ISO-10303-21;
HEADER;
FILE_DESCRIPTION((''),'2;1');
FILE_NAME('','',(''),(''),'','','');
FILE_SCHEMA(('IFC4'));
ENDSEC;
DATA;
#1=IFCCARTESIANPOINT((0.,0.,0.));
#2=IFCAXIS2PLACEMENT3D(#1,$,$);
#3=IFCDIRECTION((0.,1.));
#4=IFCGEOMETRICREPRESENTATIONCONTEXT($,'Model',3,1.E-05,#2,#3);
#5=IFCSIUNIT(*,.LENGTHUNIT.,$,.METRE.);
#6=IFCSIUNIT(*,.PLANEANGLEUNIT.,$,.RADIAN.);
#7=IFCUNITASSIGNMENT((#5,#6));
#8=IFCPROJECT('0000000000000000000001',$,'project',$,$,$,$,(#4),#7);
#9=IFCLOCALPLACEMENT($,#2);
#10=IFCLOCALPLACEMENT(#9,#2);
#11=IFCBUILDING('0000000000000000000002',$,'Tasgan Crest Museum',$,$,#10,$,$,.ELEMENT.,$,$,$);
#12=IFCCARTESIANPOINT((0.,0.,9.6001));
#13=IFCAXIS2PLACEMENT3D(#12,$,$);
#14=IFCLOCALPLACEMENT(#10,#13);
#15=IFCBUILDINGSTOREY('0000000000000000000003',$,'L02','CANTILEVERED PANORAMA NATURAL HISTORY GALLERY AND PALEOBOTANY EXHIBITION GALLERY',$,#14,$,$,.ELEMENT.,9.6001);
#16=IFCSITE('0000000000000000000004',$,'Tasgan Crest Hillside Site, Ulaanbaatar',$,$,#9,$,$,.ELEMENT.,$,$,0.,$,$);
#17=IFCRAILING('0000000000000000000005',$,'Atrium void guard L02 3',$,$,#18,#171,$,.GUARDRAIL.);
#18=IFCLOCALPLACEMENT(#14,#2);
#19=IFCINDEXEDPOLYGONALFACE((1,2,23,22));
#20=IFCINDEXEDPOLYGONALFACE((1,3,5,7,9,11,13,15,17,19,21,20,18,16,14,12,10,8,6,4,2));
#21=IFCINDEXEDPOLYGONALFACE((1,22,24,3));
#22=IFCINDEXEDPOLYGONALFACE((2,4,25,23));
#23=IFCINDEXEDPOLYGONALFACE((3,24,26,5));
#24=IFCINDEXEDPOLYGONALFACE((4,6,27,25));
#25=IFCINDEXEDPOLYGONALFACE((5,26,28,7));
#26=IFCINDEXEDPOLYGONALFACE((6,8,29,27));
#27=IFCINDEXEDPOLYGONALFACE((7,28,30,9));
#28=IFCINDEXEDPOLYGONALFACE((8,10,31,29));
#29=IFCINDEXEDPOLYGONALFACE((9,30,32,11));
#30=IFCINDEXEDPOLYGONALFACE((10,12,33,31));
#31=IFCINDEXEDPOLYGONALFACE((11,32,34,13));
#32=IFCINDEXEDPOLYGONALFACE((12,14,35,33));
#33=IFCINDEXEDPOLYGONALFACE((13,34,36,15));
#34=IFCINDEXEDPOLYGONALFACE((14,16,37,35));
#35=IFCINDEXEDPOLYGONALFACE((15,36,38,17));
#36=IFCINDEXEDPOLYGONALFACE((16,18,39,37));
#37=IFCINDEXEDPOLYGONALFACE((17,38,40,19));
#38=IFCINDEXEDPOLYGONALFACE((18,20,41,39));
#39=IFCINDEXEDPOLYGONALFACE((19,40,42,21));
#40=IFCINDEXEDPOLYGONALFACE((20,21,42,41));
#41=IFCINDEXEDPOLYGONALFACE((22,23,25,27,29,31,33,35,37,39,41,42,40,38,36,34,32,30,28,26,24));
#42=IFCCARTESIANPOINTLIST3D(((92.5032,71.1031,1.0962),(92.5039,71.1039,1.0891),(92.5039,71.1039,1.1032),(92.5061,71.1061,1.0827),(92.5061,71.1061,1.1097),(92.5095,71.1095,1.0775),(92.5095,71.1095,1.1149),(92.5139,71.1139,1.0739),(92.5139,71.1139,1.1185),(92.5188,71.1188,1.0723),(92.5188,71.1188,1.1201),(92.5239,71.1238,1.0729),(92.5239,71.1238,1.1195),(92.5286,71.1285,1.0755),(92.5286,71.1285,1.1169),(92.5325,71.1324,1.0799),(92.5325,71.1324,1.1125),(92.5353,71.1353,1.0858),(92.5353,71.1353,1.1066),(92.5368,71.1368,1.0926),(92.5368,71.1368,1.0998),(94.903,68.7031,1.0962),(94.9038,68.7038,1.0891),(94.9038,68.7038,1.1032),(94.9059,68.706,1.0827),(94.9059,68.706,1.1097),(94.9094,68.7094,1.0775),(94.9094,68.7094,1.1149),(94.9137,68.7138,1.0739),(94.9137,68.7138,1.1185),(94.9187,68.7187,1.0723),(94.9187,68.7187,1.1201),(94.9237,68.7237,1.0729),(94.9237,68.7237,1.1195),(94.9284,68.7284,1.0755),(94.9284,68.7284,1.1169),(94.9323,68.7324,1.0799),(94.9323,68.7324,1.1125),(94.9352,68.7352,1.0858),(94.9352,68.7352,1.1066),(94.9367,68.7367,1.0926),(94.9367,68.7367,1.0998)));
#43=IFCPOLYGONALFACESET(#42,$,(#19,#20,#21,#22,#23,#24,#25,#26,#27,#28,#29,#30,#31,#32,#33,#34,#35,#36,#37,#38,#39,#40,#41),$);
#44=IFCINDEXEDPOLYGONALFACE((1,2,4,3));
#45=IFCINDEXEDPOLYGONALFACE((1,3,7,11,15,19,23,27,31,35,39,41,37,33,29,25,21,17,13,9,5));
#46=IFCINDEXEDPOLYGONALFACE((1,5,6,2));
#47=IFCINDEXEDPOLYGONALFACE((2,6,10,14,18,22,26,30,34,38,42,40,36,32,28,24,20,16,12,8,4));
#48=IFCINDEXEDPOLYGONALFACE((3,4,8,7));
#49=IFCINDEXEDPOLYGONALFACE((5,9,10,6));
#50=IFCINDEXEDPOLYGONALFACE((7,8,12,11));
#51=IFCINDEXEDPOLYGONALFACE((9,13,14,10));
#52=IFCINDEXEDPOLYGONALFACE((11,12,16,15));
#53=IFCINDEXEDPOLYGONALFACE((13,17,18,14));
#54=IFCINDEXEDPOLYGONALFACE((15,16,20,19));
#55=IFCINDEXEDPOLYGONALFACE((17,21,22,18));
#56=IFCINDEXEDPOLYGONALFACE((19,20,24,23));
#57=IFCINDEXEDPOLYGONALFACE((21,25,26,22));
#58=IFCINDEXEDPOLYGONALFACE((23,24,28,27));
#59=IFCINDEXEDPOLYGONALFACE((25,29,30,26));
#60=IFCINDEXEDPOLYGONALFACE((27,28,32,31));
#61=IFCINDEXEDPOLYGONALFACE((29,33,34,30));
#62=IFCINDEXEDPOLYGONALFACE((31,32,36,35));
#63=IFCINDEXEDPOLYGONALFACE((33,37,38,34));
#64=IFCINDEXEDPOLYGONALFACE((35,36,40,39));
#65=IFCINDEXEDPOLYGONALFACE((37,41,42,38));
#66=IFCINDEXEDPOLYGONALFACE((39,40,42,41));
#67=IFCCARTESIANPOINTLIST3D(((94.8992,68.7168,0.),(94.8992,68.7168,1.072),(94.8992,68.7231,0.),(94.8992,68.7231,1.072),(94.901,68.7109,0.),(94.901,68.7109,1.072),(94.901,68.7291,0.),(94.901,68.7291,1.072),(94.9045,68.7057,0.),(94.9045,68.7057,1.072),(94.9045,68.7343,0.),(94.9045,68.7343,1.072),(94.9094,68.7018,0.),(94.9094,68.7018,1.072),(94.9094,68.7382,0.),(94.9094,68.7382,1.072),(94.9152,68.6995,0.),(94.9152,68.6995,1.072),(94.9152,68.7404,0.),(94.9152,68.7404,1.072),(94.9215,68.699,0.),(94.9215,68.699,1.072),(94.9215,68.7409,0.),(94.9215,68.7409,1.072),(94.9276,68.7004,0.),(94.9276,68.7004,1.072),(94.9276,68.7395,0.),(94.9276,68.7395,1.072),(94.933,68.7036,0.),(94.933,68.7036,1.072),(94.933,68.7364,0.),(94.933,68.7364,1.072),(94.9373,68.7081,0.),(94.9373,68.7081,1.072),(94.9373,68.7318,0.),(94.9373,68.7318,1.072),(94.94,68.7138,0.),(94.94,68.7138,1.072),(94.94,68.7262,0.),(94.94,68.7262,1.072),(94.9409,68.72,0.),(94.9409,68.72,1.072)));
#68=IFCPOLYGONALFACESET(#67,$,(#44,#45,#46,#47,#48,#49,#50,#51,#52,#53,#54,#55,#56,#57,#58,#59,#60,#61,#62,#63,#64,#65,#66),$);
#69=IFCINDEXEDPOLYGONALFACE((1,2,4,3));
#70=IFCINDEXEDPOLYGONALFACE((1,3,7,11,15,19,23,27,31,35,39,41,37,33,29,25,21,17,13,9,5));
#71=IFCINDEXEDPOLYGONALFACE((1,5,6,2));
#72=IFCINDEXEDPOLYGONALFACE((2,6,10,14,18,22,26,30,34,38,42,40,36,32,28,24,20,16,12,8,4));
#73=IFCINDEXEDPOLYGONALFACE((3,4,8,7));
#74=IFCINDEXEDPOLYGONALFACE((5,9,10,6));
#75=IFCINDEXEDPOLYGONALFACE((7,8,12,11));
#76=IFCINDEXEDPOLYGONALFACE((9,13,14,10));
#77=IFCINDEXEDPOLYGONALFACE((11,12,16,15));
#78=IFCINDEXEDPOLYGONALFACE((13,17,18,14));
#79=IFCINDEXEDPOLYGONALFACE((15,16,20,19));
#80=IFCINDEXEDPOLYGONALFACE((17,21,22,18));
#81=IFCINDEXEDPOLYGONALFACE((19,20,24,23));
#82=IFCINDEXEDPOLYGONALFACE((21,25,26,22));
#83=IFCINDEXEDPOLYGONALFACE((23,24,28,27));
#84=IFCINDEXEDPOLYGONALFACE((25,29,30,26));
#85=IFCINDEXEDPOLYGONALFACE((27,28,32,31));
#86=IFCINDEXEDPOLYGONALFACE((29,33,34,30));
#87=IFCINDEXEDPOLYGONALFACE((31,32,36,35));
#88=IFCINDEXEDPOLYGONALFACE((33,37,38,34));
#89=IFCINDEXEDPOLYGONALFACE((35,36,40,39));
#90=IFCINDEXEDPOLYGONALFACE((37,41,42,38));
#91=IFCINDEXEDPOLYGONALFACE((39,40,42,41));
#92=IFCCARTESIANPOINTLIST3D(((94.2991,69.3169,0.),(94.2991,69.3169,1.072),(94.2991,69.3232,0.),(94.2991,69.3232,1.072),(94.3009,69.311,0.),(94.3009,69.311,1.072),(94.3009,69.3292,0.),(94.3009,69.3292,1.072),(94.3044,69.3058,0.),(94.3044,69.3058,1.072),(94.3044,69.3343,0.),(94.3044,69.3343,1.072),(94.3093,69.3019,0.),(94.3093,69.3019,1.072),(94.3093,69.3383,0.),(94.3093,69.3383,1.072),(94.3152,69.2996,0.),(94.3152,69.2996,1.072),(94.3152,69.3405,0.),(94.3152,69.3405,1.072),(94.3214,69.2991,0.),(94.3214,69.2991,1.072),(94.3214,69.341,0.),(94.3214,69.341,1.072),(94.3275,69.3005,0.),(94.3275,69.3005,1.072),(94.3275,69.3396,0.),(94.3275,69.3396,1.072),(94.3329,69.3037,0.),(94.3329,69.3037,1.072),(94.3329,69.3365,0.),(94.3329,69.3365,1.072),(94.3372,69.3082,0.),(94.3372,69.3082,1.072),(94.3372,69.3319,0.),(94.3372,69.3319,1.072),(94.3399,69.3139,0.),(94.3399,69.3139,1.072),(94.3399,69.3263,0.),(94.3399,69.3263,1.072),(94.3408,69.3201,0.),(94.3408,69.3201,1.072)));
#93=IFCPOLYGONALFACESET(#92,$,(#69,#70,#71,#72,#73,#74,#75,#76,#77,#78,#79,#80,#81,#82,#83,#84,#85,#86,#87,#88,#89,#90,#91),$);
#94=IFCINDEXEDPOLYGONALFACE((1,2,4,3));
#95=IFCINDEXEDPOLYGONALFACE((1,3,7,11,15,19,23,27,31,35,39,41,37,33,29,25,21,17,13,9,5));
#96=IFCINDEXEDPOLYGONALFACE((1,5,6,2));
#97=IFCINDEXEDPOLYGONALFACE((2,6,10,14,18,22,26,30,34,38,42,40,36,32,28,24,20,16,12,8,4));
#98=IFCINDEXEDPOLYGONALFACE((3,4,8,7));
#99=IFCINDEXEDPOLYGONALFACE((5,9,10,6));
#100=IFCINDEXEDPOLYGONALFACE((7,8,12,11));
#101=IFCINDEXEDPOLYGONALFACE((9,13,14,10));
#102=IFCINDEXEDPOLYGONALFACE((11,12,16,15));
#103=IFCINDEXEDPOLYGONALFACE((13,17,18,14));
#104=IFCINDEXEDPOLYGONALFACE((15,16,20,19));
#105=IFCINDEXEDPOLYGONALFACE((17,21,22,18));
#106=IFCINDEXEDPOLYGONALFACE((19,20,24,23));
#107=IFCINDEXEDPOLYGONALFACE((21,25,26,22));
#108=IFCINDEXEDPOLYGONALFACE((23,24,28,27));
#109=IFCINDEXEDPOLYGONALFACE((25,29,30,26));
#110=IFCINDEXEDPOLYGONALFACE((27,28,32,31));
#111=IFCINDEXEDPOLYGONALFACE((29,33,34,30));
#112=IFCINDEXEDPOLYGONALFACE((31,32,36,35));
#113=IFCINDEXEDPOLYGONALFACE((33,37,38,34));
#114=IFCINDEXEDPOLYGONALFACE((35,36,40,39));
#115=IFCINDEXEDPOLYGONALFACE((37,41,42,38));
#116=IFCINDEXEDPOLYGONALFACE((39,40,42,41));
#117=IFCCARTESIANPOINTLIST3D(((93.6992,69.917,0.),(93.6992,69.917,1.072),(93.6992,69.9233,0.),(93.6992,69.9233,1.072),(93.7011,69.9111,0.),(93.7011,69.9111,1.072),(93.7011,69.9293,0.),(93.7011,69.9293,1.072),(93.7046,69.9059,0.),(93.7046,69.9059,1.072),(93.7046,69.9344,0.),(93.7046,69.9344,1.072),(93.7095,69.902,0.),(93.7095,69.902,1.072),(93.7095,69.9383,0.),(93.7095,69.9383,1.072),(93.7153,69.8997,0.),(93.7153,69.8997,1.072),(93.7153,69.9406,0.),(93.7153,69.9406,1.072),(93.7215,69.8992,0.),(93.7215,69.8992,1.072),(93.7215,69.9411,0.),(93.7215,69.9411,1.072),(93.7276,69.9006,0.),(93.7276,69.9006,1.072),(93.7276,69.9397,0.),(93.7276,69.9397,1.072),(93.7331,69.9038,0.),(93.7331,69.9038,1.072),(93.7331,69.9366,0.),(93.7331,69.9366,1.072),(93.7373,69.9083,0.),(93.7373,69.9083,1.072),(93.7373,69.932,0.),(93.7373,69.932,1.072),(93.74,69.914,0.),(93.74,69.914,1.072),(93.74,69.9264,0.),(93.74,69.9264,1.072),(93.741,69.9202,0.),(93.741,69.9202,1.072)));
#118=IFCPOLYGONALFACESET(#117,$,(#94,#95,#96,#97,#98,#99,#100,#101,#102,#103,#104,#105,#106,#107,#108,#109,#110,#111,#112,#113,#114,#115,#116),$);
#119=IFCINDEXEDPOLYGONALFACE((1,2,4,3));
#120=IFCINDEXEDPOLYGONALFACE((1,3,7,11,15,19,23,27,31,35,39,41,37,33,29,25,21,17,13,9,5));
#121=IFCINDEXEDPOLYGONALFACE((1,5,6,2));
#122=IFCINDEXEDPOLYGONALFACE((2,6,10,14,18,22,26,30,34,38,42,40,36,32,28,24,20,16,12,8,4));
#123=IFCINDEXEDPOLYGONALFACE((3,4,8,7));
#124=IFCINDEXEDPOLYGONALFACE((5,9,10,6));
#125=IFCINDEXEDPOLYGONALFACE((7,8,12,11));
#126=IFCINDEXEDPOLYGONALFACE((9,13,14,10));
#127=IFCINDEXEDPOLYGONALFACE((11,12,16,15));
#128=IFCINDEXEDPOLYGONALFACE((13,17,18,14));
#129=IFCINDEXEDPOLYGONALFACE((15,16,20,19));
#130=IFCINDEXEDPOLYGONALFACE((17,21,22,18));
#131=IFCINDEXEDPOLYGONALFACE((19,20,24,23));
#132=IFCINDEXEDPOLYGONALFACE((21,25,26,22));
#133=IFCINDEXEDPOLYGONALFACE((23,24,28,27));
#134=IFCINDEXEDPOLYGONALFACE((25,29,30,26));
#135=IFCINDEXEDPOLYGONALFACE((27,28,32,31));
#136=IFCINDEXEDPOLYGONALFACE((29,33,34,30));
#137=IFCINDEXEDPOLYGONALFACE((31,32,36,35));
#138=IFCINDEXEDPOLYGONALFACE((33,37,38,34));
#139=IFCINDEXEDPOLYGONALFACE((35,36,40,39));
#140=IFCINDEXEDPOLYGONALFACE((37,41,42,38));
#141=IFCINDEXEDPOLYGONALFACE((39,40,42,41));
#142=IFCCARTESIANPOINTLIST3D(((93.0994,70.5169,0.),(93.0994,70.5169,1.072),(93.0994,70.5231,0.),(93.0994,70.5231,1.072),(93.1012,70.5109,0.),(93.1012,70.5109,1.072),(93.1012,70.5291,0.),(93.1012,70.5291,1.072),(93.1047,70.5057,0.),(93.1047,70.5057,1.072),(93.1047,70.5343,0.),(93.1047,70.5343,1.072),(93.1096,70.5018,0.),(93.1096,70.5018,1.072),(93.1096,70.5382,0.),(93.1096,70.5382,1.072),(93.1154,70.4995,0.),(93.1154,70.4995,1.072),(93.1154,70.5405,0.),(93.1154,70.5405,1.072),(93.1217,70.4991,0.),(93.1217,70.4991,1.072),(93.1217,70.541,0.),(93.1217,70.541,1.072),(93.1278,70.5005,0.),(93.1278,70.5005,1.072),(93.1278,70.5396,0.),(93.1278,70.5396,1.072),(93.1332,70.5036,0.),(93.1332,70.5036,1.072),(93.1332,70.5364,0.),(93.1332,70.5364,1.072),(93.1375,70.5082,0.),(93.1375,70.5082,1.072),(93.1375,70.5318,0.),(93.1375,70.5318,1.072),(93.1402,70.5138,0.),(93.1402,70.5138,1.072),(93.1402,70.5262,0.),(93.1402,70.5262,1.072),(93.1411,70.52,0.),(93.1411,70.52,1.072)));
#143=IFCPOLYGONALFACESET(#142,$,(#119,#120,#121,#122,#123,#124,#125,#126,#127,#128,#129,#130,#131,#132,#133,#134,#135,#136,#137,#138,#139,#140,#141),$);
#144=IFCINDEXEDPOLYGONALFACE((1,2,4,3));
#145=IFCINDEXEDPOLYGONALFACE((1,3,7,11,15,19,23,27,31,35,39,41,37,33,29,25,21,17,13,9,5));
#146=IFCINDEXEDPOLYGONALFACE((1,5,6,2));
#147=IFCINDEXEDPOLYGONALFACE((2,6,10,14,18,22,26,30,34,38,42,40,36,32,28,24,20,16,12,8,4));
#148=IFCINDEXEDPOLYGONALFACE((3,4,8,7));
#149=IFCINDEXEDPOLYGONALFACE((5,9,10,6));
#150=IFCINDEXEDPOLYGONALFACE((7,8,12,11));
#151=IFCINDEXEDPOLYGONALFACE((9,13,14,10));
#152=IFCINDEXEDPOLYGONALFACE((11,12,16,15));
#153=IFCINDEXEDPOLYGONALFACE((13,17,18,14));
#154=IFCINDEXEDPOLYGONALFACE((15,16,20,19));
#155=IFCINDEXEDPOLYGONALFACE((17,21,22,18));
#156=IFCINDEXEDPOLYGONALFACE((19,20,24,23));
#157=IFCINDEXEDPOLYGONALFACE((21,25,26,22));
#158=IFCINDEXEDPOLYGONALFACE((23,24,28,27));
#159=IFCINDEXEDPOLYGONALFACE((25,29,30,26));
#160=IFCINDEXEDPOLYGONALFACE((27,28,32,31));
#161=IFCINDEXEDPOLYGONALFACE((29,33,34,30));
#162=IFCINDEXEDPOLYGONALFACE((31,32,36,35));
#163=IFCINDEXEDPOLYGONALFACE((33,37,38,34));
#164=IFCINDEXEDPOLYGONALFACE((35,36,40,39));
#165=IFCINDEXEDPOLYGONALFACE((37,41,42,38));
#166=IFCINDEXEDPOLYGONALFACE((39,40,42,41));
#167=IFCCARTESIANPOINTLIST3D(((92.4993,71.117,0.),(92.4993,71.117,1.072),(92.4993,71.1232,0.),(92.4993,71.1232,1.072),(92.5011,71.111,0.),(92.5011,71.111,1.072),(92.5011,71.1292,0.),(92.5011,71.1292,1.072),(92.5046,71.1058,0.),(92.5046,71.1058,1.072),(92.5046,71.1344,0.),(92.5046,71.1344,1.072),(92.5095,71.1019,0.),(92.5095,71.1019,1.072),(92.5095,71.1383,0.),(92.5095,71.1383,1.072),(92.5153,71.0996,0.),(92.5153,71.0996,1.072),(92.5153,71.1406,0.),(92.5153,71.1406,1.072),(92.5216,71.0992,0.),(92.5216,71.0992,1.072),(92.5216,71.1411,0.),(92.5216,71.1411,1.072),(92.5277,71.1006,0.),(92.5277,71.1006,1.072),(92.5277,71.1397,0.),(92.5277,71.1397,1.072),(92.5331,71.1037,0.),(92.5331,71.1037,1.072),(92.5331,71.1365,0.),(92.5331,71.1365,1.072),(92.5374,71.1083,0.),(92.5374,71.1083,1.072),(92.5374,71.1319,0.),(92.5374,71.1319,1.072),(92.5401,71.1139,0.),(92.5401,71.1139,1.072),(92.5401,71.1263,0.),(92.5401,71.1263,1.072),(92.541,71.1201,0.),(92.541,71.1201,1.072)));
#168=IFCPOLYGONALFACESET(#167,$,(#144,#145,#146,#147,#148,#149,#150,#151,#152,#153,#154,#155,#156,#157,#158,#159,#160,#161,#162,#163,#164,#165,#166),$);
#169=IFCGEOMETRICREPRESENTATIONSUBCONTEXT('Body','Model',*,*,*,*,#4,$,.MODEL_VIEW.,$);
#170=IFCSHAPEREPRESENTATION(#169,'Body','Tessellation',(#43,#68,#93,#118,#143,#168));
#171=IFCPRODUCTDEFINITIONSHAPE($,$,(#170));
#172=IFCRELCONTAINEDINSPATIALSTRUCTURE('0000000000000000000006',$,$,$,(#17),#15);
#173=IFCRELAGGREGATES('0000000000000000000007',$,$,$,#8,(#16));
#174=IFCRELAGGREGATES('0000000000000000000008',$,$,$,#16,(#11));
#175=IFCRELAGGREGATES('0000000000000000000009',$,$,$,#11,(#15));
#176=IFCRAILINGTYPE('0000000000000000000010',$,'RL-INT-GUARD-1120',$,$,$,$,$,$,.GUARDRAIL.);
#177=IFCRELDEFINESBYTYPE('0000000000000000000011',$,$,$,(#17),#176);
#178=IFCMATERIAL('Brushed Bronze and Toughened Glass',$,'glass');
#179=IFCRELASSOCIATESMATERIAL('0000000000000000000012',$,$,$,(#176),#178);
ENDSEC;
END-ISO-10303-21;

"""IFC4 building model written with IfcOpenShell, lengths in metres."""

from ifc_helpers import new_model, si_unit, direction, frame, origin, origin_2d, place, context, subcontext, project, spatial, circle, extrude, material, type_object, element, save


model = new_model("IFC4")

# Units and contexts
model_context = context("Model", 3, precision=1e-05, world=origin(), true_north=direction((0.0, 1.0)))
body_context = subcontext(model_context, "Body", "Model", "MODEL_VIEW")
ifc_project = project(units=[si_unit("LENGTHUNIT", "METRE"), si_unit("PLANEANGLEUNIT", "RADIAN")], contexts=[model_context])

# Site, building, storey
site_placement = place(None, origin())
site = spatial("IfcSite", under=ifc_project, at=site_placement, Name="Tasgan Crest Hillside Site, Ulaanbaatar", CompositionType="ELEMENT", RefElevation=0.0)
building_placement = place(site_placement, origin())
building = spatial("IfcBuilding", under=site, at=building_placement, Name="Tasgan Crest Museum", CompositionType="ELEMENT")
storey_placement = place(building_placement, frame((0.0, 0.0, 9.6001)))
storey = spatial("IfcBuildingStorey", under=building, at=storey_placement, Name="L02", Description="CANTILEVERED PANORAMA NATURAL HISTORY GALLERY AND PALEOBOTANY EXHIBITION GALLERY", CompositionType="ELEMENT", Elevation=9.6001)

# Railing
ifc_material_1 = material(Name="Brushed Bronze and Toughened Glass", Category="glass")
railing_type_1 = type_object("IfcRailingType", Name="RL-INT-GUARD-1120", PredefinedType="GUARDRAIL", material=ifc_material_1)
railing_1_placement = place(storey_placement, frame((94.9199, 68.72, 0.0)))
element("IfcRailing", 1, at=railing_1_placement, inside=storey, type_object=railing_type_1, Name="Atrium void guard L02 3", PredefinedType="GUARDRAIL", context=body_context, shape_type="SweptSolid", body=[
    extrude(circle(Radius=0.0239, at=origin_2d()), frame((0.0, 0.0, 1.0962), z_axis=(-0.707071, 0.707143, 0.0), x_axis=(-0.707143, -0.707071, 0.0)), (0.0, 0.0, 1.0), 3.394),
    extrude(circle(Radius=0.021, at=origin_2d()), origin(), (0.0, 0.0, 1.0), 1.072),
    extrude(circle(Radius=0.021, at=origin_2d()), frame((-0.6001, 0.6001, 0.0)), (0.0, 0.0, 1.0), 1.072),
    extrude(circle(Radius=0.021, at=origin_2d()), frame((-1.2, 1.2002, 0.0)), (0.0, 0.0, 1.0), 1.072),
    extrude(circle(Radius=0.021, at=origin_2d()), frame((-1.7998, 1.8, 0.0)), (0.0, 0.0, 1.0), 1.072),
    extrude(circle(Radius=0.021, at=origin_2d()), frame((-2.3999, 2.4001, 0.0)), (0.0, 0.0, 1.0), 1.072),
])

save(model, "model.ifc")
